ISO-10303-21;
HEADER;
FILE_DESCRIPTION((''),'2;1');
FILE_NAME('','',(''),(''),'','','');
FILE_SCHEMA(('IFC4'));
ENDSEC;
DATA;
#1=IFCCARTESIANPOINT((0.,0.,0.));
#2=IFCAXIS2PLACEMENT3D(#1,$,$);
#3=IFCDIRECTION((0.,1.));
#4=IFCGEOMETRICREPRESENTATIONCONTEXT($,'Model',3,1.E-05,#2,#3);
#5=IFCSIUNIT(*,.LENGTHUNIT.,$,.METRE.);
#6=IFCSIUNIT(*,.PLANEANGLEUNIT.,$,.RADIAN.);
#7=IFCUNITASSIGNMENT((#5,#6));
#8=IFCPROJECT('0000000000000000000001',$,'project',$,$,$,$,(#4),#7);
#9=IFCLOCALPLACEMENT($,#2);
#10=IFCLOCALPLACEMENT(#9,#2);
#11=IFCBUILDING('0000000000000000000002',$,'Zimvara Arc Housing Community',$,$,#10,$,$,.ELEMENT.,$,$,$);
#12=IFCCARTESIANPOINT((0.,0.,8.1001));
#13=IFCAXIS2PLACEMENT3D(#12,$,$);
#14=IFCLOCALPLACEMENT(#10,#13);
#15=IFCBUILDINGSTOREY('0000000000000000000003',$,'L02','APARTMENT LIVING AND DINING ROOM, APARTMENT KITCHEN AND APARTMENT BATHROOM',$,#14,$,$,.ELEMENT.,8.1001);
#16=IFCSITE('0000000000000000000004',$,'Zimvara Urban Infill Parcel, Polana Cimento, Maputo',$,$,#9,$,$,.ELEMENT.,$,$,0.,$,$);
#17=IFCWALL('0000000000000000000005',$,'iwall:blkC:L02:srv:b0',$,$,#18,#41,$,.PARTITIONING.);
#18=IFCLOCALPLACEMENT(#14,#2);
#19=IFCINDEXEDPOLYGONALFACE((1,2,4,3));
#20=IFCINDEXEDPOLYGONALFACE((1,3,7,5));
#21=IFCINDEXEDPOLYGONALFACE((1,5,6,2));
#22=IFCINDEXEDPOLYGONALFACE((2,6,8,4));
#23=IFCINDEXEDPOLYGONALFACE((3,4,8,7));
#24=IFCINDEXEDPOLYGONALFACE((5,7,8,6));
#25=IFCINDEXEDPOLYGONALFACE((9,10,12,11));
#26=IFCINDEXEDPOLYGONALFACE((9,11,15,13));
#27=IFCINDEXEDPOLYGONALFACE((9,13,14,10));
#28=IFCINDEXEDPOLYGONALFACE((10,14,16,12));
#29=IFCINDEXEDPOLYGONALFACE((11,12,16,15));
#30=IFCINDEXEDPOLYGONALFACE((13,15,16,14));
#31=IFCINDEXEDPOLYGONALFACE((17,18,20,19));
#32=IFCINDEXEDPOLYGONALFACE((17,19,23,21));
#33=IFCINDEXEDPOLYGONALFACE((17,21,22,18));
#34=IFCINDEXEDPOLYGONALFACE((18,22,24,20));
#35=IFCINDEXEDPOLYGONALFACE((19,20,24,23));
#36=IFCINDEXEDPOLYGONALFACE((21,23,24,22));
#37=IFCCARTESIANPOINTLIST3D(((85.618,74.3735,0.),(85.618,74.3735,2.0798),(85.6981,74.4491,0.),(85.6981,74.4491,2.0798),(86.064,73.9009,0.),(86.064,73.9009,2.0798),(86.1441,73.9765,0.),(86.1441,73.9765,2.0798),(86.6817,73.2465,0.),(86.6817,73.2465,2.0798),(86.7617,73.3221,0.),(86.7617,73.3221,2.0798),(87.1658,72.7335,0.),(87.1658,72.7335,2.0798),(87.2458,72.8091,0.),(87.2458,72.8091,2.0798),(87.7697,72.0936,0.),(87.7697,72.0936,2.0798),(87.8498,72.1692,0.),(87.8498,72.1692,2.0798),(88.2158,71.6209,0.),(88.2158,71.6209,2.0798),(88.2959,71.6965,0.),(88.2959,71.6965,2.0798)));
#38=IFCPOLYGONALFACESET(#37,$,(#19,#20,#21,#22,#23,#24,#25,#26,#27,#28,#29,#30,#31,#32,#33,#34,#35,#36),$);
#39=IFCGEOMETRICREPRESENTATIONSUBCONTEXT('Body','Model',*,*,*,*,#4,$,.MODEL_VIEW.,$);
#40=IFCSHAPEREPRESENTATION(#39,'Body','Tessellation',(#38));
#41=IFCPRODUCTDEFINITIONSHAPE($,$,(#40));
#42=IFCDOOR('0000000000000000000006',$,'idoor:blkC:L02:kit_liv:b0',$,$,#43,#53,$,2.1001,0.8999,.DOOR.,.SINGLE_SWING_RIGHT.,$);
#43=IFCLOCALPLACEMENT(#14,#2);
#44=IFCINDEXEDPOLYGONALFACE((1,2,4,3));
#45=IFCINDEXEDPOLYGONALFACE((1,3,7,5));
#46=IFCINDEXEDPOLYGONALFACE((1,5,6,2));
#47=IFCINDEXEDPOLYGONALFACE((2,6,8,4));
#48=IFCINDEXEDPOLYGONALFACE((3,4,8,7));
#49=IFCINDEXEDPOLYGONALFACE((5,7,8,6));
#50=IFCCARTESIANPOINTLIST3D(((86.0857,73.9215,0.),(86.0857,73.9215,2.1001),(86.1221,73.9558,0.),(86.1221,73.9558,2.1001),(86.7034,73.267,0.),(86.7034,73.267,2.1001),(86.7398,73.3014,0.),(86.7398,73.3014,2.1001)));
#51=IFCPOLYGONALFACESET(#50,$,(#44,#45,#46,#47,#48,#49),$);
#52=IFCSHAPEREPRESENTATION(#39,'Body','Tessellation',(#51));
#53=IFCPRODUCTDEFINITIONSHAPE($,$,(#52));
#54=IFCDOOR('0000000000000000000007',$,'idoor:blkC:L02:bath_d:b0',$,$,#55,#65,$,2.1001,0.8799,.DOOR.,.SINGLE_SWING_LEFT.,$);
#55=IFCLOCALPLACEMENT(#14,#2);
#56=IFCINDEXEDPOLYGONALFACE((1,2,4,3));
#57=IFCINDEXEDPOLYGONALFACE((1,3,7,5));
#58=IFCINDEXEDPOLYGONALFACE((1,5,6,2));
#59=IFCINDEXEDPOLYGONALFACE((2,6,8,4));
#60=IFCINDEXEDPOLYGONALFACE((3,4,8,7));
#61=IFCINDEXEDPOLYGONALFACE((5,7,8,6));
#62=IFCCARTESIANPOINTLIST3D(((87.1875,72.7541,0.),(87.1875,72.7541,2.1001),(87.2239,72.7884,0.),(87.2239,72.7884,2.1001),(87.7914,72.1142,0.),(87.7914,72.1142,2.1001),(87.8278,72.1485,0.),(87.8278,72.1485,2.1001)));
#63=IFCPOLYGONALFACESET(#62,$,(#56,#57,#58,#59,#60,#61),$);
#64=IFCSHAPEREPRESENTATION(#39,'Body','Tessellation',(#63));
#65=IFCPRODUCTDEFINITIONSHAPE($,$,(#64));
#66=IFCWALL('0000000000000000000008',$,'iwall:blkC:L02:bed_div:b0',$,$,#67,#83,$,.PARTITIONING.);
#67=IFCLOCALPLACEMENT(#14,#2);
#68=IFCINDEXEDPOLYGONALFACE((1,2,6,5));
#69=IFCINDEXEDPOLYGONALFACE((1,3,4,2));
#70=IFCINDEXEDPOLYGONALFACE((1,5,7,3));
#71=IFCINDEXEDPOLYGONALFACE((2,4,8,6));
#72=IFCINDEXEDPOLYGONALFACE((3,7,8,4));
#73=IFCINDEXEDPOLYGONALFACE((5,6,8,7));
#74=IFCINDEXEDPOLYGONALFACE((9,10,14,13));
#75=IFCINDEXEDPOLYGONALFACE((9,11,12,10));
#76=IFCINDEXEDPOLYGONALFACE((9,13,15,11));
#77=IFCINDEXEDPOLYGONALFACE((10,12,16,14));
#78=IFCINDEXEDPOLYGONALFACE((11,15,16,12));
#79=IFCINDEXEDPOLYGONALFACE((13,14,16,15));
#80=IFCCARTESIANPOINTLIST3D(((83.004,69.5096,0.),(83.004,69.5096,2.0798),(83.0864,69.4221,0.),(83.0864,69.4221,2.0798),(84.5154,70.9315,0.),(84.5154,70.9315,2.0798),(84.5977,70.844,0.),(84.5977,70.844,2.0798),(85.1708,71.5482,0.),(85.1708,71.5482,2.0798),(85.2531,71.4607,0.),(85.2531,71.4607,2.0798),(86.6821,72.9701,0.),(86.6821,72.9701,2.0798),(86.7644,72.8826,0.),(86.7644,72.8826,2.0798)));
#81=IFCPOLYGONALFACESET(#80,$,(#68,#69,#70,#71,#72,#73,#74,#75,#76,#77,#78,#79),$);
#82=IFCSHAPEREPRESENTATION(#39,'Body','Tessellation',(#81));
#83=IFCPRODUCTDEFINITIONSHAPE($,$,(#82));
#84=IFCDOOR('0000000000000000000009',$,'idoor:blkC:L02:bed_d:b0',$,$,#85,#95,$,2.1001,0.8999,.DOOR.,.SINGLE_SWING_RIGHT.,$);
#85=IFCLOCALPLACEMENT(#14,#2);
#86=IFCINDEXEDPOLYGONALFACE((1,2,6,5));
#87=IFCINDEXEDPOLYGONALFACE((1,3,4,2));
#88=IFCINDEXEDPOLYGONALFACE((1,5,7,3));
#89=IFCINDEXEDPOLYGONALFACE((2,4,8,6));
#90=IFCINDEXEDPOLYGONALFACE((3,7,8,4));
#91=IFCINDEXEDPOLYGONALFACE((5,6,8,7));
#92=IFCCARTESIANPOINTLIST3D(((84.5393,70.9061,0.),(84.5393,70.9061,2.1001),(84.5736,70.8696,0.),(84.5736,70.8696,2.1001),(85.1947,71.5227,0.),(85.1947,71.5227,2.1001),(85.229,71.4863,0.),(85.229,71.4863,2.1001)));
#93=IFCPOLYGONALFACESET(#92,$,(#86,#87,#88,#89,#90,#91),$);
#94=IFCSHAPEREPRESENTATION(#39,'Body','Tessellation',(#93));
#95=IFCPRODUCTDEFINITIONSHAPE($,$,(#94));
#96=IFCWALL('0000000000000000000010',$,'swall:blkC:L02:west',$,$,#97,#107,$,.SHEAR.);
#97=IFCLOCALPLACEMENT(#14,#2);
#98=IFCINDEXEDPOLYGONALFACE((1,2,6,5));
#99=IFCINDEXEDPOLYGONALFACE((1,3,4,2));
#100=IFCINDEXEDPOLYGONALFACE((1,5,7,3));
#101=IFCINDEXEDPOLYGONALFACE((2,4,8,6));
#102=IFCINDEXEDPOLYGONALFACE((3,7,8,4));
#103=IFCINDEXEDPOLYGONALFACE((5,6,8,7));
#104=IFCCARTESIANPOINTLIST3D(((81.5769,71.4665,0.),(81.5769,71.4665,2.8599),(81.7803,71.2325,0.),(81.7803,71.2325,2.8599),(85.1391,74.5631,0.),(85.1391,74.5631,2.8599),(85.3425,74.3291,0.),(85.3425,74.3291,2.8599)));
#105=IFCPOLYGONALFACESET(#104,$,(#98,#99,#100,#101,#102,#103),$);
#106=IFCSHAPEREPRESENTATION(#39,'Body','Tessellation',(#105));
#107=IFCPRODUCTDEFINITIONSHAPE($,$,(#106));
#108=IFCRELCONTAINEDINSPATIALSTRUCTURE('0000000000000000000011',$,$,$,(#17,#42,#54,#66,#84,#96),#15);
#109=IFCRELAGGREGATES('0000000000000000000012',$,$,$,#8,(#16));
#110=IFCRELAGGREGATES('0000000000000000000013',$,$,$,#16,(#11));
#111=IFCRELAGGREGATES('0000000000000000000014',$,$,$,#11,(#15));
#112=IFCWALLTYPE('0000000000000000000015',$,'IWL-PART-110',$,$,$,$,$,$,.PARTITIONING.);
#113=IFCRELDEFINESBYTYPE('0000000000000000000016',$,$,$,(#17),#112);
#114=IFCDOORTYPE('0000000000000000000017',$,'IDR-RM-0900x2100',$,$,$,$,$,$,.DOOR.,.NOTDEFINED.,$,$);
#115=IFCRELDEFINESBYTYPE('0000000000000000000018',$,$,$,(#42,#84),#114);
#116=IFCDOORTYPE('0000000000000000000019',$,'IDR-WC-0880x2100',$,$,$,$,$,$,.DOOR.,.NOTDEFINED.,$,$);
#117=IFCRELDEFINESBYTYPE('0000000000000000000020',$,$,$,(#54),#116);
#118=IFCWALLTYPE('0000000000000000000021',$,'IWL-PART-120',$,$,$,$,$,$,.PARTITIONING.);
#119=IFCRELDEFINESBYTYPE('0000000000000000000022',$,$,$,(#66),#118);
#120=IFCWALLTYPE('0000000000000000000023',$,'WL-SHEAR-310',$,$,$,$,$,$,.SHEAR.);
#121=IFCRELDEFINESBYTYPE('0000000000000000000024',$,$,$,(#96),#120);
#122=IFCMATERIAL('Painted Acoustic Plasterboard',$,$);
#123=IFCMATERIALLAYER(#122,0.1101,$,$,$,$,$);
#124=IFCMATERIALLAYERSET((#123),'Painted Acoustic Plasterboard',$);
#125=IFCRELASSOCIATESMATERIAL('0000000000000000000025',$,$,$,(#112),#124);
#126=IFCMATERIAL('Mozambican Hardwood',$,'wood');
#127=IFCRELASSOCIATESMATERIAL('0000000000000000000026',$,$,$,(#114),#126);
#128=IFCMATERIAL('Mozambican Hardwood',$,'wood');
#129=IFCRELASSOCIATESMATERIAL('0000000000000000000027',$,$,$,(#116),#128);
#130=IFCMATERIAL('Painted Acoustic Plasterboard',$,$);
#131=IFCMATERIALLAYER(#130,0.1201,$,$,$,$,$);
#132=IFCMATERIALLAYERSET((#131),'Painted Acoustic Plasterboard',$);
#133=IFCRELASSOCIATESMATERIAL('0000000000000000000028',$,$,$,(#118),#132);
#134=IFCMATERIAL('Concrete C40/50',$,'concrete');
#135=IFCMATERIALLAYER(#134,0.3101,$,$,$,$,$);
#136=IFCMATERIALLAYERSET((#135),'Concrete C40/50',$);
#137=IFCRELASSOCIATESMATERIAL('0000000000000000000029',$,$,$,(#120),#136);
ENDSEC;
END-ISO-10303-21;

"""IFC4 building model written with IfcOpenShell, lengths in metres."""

from ifc_helpers import new_model, si_unit, direction, frame, frame_2d, origin, place, context, subcontext, project, spatial, rectangle, extrude, material, layer, layer_set, type_object, element, fill, save


model = new_model("IFC4")

# Units and contexts
model_context = context("Model", 3, precision=1e-05, world=origin(), true_north=direction((0.0, 1.0)))
body_context = subcontext(model_context, "Body", "Model", "MODEL_VIEW")
ifc_project = project(units=[si_unit("LENGTHUNIT", "METRE"), si_unit("PLANEANGLEUNIT", "RADIAN")], contexts=[model_context])

# Site, building, storey
site_placement = place(None, origin())
site = spatial("IfcSite", under=ifc_project, at=site_placement, Name="Zimvara Urban Infill Parcel, Polana Cimento, Maputo", CompositionType="ELEMENT", RefElevation=0.0)
building_placement = place(site_placement, origin())
building = spatial("IfcBuilding", under=site, at=building_placement, Name="Zimvara Arc Housing Community", CompositionType="ELEMENT")
storey_placement = place(building_placement, frame((0.0, 0.0, 8.1001)))
storey = spatial("IfcBuildingStorey", under=building, at=storey_placement, Name="L02", Description="APARTMENT LIVING AND DINING ROOM, APARTMENT KITCHEN AND APARTMENT BATHROOM", CompositionType="ELEMENT", Elevation=8.1001)

# Wall, openings, doors
ifc_material_1 = material(Name="Painted Acoustic Plasterboard")
ifc_layer_1 = layer(ifc_material_1, 0.1101)
ifc_layer_set_1 = layer_set([ifc_layer_1], Name="Painted Acoustic Plasterboard")
wall_type_1 = type_object("IfcWallType", Name="IWL-PART-110", PredefinedType="PARTITIONING", material=ifc_layer_set_1)
wall_1_placement = place(storey_placement, frame((85.658, 74.4114, 0.0), z_axis=(0.0, 0.0, 1.0), x_axis=(0.686364, -0.727258, 0.0)))
wall_1 = element("IfcWall", 1, at=wall_1_placement, inside=storey, type_object=wall_type_1, Name="iwall:blkC:L02:srv:b0", PredefinedType="PARTITIONING", context=body_context, shape_type="SweptSolid", body=[
    extrude(rectangle(XDim=3.7849, YDim=0.1101, at=frame_2d((1.8926, 0.0))), origin(), (0.0, 0.0, 1.0), 2.0798),
])
opening_1_placement = place(wall_1_placement, frame((0.6499, 0.0, 0.0)))
opening_1 = element("IfcOpeningElement", 2, at=opening_1_placement, cuts=wall_1, PredefinedType="OPENING", context=body_context, shape_type="SweptSolid", body=[
    extrude(rectangle(XDim=0.8999, YDim=2.1001, at=frame_2d((0.45, 1.05))), frame((0.0, 0.0649, 0.0), z_axis=(0.0, -1.0, 0.0), x_axis=(1.0, 0.0, 0.0)), (0.0, 0.0, 1.0), 0.1301),
])
opening_2_placement = place(wall_1_placement, frame((2.2551, 0.0, 0.0)))
opening_2 = element("IfcOpeningElement", 3, at=opening_2_placement, cuts=wall_1, PredefinedType="OPENING", context=body_context, shape_type="SweptSolid", body=[
    extrude(rectangle(XDim=0.8799, YDim=2.1001, at=frame_2d((0.4399, 1.05))), frame((0.0, 0.0649, 0.0), z_axis=(0.0, -1.0, 0.0), x_axis=(1.0, 0.0, 0.0)), (0.0, 0.0, 1.0), 0.1301),
])
ifc_material_2 = material(Name="Mozambican Hardwood", Category="wood")
door_type_1 = type_object("IfcDoorType", Name="IDR-RM-0900x2100", OperationType="NOTDEFINED", PredefinedType="DOOR", material=ifc_material_2)
door_1_placement = place(opening_1_placement, origin())
door_1 = element("IfcDoor", 4, at=door_1_placement, inside=storey, type_object=door_type_1, Name="idoor:blkC:L02:kit_liv:b0", OperationType="SINGLE_SWING_RIGHT", OverallHeight=2.1001, OverallWidth=0.8999, PredefinedType="DOOR", context=body_context, shape_type="SweptSolid", body=[
    extrude(rectangle(XDim=0.8999, YDim=2.1001, at=frame_2d((0.45, 1.05))), frame((0.0, 0.0249, 0.0), z_axis=(0.0, -1.0, 0.0), x_axis=(1.0, 0.0, 0.0)), (0.0, 0.0, 1.0), 0.05),
])
fill(opening_1, door_1)
ifc_material_3 = material(Name="Mozambican Hardwood", Category="wood")
door_type_2 = type_object("IfcDoorType", Name="IDR-WC-0880x2100", OperationType="NOTDEFINED", PredefinedType="DOOR", material=ifc_material_3)
door_2_placement = place(opening_2_placement, origin())
door_2 = element("IfcDoor", 5, at=door_2_placement, inside=storey, type_object=door_type_2, Name="idoor:blkC:L02:bath_d:b0", OperationType="SINGLE_SWING_LEFT", OverallHeight=2.1001, OverallWidth=0.8799, PredefinedType="DOOR", context=body_context, shape_type="SweptSolid", body=[
    extrude(rectangle(XDim=0.8799, YDim=2.1001, at=frame_2d((0.4399, 1.05))), frame((0.0, 0.0249, 0.0), z_axis=(0.0, -1.0, 0.0), x_axis=(1.0, 0.0, 0.0)), (0.0, 0.0, 1.0), 0.05),
])
fill(opening_2, door_2)

# Wall, opening, door
ifc_material_4 = material(Name="Painted Acoustic Plasterboard")
ifc_layer_2 = layer(ifc_material_4, 0.1201)
ifc_layer_set_2 = layer_set([ifc_layer_2], Name="Painted Acoustic Plasterboard")
wall_type_2 = type_object("IfcWallType", Name="IWL-PART-120", PredefinedType="PARTITIONING", material=ifc_layer_set_2)
wall_2_placement = place(storey_placement, frame((86.7231, 72.9263, 0.0), z_axis=(0.0, 0.0, 1.0), x_axis=(-0.728316, -0.685241, 0.0)))
wall_2 = element("IfcWall", 6, at=wall_2_placement, inside=storey, type_object=wall_type_2, Name="iwall:blkC:L02:bed_div:b0", PredefinedType="PARTITIONING", context=body_context, shape_type="SweptSolid", body=[
    extrude(rectangle(XDim=5.05, YDim=0.1201, at=frame_2d((2.5249, 0.0))), origin(), (0.0, 0.0, 1.0), 2.0798),
])
opening_3_placement = place(wall_2_placement, frame((2.075, 0.0, 0.0)))
opening_3 = element("IfcOpeningElement", 7, at=opening_3_placement, cuts=wall_2, PredefinedType="OPENING", context=body_context, shape_type="SweptSolid", body=[
    extrude(rectangle(XDim=0.8999, YDim=2.1001, at=frame_2d((0.45, 1.05))), frame((0.0, 0.0701, 0.0), z_axis=(0.0, -1.0, 0.0), x_axis=(1.0, 0.0, 0.0)), (0.0, 0.0, 1.0), 0.1401),
])
door_3_placement = place(opening_3_placement, origin())
door_3 = element("IfcDoor", 8, at=door_3_placement, inside=storey, type_object=door_type_1, Name="idoor:blkC:L02:bed_d:b0", OperationType="SINGLE_SWING_RIGHT", OverallHeight=2.1001, OverallWidth=0.8999, PredefinedType="DOOR", context=body_context, shape_type="SweptSolid", body=[
    extrude(rectangle(XDim=0.8999, YDim=2.1001, at=frame_2d((0.45, 1.05))), frame((0.0, 0.0249, 0.0), z_axis=(0.0, -1.0, 0.0), x_axis=(1.0, 0.0, 0.0)), (0.0, 0.0, 1.0), 0.05),
])
fill(opening_3, door_3)

# Wall
ifc_material_5 = material(Name="Concrete C40/50", Category="concrete")
ifc_layer_3 = layer(ifc_material_5, 0.3101)
ifc_layer_set_3 = layer_set([ifc_layer_3], Name="Concrete C40/50")
wall_type_3 = type_object("IfcWallType", Name="WL-SHEAR-310", PredefinedType="SHEAR", material=ifc_layer_set_3)
wall_3_placement = place(storey_placement, frame((85.2407, 74.446, 0.0), z_axis=(0.0, 0.0, 1.0), x_axis=(-0.754704, -0.656066, 0.0)))
element("IfcWall", 9, at=wall_3_placement, inside=storey, type_object=wall_type_3, Name="swall:blkC:L02:west", PredefinedType="SHEAR", context=body_context, shape_type="SweptSolid", body=[
    extrude(rectangle(XDim=4.72, YDim=0.3101, at=frame_2d((2.3599, 0.0))), origin(), (0.0, 0.0, 1.0), 2.8599),
])

save(model, "model.ifc")
